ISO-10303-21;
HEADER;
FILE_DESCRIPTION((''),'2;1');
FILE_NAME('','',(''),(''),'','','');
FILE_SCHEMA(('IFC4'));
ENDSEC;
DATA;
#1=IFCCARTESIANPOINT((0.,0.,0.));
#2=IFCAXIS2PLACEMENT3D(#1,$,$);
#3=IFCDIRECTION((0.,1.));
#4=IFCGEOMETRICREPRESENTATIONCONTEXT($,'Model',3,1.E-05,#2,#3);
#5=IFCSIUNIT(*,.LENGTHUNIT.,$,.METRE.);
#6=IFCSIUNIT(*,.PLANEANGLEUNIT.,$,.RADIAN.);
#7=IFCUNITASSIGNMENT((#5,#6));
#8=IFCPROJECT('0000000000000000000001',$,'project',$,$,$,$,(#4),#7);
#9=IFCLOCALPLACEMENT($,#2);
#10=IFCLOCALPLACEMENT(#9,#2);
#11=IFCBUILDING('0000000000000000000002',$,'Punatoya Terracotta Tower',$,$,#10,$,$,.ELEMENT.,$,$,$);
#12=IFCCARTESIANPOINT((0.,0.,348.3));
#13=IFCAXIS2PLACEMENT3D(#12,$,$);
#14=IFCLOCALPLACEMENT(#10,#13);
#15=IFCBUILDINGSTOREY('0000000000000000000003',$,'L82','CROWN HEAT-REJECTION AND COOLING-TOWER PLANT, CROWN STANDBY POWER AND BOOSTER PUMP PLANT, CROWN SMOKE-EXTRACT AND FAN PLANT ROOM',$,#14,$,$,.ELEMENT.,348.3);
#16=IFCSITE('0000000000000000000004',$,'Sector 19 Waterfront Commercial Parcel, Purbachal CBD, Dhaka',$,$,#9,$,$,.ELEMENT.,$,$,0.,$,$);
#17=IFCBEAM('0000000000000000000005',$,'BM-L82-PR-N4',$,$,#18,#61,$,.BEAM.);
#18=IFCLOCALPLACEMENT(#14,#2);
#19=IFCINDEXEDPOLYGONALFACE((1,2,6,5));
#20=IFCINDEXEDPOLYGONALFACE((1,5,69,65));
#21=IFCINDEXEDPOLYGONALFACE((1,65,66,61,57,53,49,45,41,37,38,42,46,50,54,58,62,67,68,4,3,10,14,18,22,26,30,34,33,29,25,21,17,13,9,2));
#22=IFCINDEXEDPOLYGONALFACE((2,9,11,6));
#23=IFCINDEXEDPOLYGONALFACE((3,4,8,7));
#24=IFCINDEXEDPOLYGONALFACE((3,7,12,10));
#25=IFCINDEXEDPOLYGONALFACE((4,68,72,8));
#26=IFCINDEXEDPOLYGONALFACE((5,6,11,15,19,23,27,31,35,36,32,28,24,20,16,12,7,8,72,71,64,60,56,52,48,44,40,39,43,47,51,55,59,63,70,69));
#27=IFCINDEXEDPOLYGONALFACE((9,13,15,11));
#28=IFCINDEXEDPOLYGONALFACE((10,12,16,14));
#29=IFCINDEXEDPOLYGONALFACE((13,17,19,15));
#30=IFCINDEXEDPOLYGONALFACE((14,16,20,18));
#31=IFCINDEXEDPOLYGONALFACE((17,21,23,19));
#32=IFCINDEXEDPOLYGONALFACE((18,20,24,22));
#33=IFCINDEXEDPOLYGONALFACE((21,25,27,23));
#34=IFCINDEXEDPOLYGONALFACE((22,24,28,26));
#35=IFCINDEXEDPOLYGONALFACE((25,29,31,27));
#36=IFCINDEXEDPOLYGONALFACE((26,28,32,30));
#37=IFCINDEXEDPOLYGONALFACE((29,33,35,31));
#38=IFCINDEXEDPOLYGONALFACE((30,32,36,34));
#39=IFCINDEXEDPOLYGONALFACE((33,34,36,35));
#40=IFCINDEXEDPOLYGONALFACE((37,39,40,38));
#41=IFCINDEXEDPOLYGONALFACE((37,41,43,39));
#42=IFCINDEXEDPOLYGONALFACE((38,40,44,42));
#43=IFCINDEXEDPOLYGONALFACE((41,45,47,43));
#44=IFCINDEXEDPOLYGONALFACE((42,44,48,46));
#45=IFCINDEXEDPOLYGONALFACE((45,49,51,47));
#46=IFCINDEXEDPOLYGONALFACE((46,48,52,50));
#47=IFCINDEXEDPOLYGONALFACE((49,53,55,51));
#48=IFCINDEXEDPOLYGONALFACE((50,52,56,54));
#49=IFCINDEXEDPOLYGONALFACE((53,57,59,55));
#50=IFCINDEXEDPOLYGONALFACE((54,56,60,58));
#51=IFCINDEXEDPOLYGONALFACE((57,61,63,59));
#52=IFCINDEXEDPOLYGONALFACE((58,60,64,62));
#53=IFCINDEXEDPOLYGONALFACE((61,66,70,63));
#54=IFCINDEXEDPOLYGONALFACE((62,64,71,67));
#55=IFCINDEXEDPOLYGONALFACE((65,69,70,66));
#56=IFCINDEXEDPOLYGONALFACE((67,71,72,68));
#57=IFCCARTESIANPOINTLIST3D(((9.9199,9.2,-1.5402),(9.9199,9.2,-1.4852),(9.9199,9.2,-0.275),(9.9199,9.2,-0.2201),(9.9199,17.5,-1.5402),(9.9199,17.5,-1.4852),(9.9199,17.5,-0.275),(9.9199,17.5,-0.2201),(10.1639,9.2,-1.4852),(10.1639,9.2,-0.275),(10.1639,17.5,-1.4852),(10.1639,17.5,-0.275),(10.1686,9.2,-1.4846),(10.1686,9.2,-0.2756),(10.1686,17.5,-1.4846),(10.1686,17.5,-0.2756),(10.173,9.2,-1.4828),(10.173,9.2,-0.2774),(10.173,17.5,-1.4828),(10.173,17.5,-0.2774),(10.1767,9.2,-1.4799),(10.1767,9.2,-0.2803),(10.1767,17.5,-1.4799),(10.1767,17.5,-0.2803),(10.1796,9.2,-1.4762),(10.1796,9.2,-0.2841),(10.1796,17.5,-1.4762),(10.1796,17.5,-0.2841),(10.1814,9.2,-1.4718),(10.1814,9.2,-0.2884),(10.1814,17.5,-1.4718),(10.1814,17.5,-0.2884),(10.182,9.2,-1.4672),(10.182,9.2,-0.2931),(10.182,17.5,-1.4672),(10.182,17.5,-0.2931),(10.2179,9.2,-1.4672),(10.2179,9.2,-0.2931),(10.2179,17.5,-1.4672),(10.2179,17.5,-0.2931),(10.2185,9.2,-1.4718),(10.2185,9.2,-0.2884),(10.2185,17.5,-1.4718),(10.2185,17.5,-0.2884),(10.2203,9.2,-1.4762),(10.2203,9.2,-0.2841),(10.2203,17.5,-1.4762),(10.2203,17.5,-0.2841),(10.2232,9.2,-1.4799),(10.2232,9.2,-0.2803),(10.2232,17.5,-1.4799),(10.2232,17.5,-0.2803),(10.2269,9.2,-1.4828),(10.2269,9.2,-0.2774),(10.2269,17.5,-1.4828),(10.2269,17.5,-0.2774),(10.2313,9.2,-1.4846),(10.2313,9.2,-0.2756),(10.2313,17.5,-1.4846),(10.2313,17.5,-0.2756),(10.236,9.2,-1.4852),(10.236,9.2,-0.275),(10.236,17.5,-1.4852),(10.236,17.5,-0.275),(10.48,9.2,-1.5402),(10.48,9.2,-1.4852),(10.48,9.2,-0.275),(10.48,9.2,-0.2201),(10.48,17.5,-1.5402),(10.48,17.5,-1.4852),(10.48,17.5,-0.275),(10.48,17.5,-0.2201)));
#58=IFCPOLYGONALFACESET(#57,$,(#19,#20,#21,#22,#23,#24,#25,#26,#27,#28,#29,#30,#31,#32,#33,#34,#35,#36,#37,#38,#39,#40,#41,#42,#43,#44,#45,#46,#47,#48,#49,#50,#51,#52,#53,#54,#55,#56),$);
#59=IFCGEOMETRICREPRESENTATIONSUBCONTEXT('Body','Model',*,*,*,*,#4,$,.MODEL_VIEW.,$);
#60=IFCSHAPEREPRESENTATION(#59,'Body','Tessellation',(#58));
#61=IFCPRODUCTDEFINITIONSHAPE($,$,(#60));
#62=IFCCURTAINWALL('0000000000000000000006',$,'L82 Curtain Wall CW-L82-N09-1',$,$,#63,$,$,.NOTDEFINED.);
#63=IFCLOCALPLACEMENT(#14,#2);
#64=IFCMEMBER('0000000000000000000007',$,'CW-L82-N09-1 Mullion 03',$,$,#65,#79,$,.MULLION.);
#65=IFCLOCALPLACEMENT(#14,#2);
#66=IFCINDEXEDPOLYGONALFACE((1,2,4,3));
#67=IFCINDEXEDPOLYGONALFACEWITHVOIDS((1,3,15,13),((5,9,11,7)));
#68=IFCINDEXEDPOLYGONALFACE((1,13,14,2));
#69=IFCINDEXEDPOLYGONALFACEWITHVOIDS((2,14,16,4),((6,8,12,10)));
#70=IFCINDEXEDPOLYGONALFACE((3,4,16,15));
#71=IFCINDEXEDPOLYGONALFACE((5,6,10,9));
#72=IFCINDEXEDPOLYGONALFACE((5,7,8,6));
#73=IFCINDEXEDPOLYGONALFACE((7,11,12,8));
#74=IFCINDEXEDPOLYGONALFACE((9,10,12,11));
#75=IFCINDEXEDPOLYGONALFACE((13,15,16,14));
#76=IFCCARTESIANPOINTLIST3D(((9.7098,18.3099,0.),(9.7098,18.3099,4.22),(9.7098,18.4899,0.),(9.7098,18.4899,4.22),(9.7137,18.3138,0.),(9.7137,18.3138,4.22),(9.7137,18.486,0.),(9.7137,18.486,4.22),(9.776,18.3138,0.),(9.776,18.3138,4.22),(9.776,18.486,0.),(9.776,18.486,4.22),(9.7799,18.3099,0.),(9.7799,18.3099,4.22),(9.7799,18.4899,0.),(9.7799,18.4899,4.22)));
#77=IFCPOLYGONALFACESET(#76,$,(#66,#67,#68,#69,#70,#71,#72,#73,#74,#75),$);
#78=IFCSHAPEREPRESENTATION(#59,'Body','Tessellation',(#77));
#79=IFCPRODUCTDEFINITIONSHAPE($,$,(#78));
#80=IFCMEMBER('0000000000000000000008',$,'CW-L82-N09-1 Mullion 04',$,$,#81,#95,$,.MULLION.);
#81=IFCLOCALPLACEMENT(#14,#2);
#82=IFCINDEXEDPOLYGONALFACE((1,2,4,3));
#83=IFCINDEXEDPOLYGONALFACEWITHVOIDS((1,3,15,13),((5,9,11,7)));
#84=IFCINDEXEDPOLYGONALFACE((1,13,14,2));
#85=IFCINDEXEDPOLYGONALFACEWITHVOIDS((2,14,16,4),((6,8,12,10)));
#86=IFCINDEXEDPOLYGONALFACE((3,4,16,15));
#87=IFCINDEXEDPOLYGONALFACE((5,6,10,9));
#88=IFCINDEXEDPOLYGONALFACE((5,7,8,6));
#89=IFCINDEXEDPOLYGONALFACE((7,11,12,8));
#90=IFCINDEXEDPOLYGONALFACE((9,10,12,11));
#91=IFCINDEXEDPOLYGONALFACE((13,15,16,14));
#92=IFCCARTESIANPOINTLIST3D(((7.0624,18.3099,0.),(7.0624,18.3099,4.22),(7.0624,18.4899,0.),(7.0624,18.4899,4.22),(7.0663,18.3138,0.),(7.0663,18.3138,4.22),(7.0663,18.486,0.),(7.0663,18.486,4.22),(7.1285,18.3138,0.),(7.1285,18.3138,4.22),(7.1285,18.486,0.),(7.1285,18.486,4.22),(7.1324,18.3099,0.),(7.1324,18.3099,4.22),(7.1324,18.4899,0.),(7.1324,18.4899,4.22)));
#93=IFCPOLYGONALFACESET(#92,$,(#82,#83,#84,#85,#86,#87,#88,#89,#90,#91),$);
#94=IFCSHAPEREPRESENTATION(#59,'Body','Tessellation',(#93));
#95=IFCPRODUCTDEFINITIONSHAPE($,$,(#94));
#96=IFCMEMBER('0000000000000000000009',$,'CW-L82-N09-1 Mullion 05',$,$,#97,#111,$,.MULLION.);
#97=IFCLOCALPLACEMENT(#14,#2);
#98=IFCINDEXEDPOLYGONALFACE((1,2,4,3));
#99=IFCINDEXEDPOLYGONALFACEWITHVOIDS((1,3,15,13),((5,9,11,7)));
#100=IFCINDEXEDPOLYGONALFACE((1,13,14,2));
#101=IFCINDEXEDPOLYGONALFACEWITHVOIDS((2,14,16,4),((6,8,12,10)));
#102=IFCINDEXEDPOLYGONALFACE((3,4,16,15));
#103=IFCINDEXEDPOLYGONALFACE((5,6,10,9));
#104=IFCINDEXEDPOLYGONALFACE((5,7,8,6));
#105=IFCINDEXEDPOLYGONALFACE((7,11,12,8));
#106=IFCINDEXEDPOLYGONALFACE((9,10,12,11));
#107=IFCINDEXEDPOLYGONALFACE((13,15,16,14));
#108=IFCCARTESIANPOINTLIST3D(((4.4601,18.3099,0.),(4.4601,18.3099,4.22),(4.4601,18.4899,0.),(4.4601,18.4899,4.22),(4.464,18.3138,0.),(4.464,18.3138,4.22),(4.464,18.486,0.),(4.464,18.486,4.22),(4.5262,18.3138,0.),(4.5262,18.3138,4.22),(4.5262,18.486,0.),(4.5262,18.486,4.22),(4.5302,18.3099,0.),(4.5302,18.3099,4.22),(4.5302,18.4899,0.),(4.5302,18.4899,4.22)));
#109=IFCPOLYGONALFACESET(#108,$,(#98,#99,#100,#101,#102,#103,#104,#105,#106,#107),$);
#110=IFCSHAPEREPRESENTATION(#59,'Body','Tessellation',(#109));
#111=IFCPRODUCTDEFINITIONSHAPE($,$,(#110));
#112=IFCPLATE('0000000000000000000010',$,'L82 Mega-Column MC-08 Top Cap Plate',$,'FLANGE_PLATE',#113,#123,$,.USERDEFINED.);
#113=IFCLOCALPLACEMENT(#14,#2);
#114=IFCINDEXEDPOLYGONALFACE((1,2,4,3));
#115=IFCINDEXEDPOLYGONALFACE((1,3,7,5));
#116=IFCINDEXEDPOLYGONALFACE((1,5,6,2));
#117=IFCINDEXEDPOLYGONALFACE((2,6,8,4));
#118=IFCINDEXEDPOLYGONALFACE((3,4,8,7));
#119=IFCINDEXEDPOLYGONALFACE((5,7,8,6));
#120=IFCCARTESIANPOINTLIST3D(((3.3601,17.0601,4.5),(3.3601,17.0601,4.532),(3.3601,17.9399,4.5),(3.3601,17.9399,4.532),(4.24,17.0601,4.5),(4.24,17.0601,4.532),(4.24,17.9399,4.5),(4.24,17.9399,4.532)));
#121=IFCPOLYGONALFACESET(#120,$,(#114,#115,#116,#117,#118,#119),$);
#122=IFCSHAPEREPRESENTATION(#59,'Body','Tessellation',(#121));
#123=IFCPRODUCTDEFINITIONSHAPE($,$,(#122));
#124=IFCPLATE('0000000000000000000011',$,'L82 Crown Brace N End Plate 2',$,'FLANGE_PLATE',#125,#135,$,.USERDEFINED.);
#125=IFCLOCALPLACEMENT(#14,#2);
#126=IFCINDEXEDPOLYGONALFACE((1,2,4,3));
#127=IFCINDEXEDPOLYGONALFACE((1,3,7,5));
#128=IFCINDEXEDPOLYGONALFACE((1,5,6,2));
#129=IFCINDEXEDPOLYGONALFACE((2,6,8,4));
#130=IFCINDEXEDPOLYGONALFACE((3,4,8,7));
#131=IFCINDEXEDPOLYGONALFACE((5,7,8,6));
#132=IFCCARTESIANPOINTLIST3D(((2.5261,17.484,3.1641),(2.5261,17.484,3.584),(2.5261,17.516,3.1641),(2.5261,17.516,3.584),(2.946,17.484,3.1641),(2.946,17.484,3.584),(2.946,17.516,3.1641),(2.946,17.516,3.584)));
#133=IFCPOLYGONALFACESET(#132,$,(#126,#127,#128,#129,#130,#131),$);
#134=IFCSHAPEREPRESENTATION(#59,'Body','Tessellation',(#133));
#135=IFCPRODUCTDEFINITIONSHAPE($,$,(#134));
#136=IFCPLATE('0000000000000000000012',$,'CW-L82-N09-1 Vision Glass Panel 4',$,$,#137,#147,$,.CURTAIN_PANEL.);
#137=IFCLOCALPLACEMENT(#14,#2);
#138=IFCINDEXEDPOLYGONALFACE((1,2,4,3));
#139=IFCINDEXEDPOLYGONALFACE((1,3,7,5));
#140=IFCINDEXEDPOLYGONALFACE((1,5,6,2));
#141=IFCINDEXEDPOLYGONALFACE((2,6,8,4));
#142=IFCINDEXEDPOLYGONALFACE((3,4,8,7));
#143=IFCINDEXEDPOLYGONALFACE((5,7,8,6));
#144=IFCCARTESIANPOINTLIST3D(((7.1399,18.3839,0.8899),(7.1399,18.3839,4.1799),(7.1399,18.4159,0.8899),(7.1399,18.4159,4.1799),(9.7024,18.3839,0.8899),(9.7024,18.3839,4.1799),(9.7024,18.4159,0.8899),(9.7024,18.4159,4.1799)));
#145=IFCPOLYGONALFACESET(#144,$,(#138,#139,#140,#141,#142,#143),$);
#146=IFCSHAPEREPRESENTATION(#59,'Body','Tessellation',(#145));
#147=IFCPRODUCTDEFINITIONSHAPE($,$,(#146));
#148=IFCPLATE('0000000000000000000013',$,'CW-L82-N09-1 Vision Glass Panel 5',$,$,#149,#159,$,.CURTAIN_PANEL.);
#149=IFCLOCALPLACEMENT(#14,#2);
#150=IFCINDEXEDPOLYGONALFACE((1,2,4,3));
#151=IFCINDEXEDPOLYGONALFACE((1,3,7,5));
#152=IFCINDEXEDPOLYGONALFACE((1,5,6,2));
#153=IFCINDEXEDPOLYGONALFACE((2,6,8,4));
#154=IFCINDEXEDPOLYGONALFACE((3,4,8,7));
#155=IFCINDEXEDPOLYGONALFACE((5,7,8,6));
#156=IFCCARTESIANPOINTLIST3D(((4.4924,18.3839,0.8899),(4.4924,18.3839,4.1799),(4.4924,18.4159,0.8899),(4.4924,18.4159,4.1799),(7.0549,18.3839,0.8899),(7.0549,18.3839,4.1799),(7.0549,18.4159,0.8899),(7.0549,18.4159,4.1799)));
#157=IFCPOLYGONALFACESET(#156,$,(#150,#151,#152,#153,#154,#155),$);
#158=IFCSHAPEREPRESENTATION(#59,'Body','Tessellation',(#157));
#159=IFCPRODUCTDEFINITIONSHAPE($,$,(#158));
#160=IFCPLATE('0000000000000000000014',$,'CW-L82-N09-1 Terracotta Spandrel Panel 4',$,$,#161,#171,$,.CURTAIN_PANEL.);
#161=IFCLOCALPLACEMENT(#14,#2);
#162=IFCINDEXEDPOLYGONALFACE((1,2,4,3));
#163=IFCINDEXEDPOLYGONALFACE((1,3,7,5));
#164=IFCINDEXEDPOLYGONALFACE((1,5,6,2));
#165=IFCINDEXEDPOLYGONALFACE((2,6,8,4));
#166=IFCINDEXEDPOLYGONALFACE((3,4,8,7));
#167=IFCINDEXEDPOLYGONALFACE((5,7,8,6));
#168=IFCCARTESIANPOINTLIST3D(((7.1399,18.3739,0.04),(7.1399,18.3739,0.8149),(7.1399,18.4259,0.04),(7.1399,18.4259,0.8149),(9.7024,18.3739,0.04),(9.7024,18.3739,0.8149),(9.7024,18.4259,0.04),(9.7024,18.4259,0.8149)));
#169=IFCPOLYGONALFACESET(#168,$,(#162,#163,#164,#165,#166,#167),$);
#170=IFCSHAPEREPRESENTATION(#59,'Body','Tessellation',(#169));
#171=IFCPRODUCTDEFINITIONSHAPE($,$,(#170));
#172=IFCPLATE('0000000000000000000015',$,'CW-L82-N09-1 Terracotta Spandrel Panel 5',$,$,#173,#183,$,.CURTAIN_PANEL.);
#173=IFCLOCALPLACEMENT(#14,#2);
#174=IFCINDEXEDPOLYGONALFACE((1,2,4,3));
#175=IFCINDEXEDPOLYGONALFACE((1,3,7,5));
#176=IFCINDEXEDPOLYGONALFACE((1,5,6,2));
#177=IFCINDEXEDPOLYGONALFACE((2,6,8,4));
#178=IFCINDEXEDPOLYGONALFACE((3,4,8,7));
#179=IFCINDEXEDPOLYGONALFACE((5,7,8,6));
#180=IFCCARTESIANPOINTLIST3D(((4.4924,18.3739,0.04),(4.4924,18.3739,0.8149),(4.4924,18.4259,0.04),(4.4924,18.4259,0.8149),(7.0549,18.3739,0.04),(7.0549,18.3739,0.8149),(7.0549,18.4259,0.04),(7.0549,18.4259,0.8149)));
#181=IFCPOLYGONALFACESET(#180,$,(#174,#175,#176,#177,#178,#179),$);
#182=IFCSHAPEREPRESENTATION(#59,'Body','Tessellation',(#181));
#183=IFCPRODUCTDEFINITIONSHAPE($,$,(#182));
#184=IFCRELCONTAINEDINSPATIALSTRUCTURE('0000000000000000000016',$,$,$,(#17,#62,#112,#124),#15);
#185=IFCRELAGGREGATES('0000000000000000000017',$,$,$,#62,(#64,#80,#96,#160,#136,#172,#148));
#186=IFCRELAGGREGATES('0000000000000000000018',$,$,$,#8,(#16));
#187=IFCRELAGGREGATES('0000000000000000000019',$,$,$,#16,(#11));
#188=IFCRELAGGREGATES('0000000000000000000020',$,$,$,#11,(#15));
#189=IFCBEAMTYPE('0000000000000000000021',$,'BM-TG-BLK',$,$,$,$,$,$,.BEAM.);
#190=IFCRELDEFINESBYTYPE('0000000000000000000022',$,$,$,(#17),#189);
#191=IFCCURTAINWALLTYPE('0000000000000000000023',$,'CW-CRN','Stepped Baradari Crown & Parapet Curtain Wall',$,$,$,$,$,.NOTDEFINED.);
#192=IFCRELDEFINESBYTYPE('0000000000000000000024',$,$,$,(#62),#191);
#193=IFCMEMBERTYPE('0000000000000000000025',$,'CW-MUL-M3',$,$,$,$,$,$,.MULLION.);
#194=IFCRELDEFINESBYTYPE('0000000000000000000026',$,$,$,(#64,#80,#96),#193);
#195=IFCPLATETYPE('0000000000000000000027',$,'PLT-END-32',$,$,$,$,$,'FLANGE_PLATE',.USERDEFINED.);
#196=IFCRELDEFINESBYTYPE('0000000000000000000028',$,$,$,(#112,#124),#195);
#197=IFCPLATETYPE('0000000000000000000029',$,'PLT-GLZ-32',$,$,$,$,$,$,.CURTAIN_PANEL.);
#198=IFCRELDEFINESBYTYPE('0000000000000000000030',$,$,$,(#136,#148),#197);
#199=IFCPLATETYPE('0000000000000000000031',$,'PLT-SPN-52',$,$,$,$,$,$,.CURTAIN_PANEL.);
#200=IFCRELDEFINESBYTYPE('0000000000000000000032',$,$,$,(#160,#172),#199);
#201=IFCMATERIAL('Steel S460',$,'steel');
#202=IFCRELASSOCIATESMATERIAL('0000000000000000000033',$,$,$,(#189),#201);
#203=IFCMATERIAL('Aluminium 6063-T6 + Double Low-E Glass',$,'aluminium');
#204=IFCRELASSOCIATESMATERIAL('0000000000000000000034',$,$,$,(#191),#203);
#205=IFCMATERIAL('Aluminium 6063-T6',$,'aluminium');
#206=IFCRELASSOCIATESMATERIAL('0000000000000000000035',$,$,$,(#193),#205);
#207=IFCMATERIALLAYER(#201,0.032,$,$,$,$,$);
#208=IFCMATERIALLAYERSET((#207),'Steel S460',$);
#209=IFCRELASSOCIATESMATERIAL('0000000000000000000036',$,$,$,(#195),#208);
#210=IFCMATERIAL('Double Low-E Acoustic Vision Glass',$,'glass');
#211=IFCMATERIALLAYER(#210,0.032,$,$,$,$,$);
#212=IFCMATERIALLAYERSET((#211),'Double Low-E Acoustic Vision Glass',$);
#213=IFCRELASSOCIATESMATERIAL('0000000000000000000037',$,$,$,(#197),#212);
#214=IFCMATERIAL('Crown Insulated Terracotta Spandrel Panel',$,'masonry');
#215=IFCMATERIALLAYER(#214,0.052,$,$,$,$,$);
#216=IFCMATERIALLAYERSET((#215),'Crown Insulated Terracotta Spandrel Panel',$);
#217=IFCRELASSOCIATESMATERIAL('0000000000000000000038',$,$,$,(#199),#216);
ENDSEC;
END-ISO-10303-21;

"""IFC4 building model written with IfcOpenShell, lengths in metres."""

from ifc_helpers import new_model, si_unit, direction, frame, origin, origin_2d, place, context, subcontext, project, spatial, rectangle, hollow_rectangle, i_section, extrude, material, layer, layer_set, material_profile, profile_set, type_object, element, aggregate, save


model = new_model("IFC4")

# Units and contexts
model_context = context("Model", 3, precision=1e-05, world=origin(), true_north=direction((0.0, 1.0)))
body_context = subcontext(model_context, "Body", "Model", "MODEL_VIEW")
ifc_project = project(units=[si_unit("LENGTHUNIT", "METRE"), si_unit("PLANEANGLEUNIT", "RADIAN")], contexts=[model_context])

# Site, building, storey
site_placement = place(None, origin())
site = spatial("IfcSite", under=ifc_project, at=site_placement, Name="Sector 19 Waterfront Commercial Parcel, Purbachal CBD, Dhaka", CompositionType="ELEMENT", RefElevation=0.0)
building_placement = place(site_placement, origin())
building = spatial("IfcBuilding", under=site, at=building_placement, Name="Punatoya Terracotta Tower", CompositionType="ELEMENT")
storey_placement = place(building_placement, frame((0.0, 0.0, 348.3)))
storey = spatial("IfcBuildingStorey", under=building, at=storey_placement, Name="L82", Description="CROWN HEAT-REJECTION AND COOLING-TOWER PLANT, CROWN STANDBY POWER AND BOOSTER PUMP PLANT, CROWN SMOKE-EXTRACT AND FAN PLANT ROOM", CompositionType="ELEMENT", Elevation=348.3)

# Shared definitions
ifc_material_1 = material(Name="Steel S460", Category="steel")

# Beam
ifc_material_profile_1 = material_profile(ifc_material_1, i_section(OverallWidth=0.5601, OverallDepth=1.3201, WebThickness=0.0359, FlangeThickness=0.0549, FilletRadius=0.0181, at=origin_2d()))
ifc_profile_set_1 = profile_set([ifc_material_profile_1], Name="Steel S460")
beam_type = type_object("IfcBeamType", Name="BM-TG-BLK", PredefinedType="BEAM", material=ifc_profile_set_1)
for number, where, z_axis, x_axis, name in (
    (1, (10.2, 9.2, -0.8801), (0.0, 1.0, 0.0), (-1.0, 0.0, 0.0), "BM-L82-PR-N4"),
):
    element("IfcBeam", number, at=place(storey_placement, frame(where, z_axis=z_axis, x_axis=x_axis)), inside=storey, type_object=beam_type, Name=name, PredefinedType="BEAM", context=body_context, shape_type="SweptSolid", body=[
        extrude(i_section(OverallWidth=0.5601, OverallDepth=1.3201, WebThickness=0.0359, FlangeThickness=0.0549, FilletRadius=0.0181, at=origin_2d()), origin(), (0.0, 0.0, 1.0), 8.3),
    ])

# Curtain wall, members
ifc_material_2 = material(Name="Aluminium 6063-T6 + Double Low-E Glass", Category="aluminium")
curtain_wall_type = type_object("IfcCurtainWallType", Name="CW-CRN", Description="Stepped Baradari Crown & Parapet Curtain Wall", PredefinedType="NOTDEFINED", material=ifc_material_2)
curtain_wall_placement = place(storey_placement, origin())
curtain_wall = element("IfcCurtainWall", 2, at=curtain_wall_placement, inside=storey, type_object=curtain_wall_type, Name="L82 Curtain Wall CW-L82-N09-1", PredefinedType="NOTDEFINED")
ifc_material_3 = material(Name="Aluminium 6063-T6", Category="aluminium")
ifc_material_profile_2 = material_profile(ifc_material_3, hollow_rectangle(XDim=0.0701, YDim=0.1799, WallThickness=0.0039, at=origin_2d()))
ifc_profile_set_2 = profile_set([ifc_material_profile_2], Name="Aluminium 6063-T6")
member_type = type_object("IfcMemberType", Name="CW-MUL-M3", PredefinedType="MULLION", material=ifc_profile_set_2)
member_1_placement = place(storey_placement, frame((9.7449, 18.3999, 0.0), z_axis=(0.0, 0.0, 1.0), x_axis=(1.0, 0.0, 0.0)))
member_1 = element("IfcMember", 3, at=member_1_placement, type_object=member_type, Name="CW-L82-N09-1 Mullion 03", PredefinedType="MULLION", context=body_context, shape_type="SweptSolid", body=[
    extrude(hollow_rectangle(XDim=0.0701, YDim=0.1799, WallThickness=0.0039, at=origin_2d()), origin(), (0.0, 0.0, 1.0), 4.22),
])
member_2_placement = place(storey_placement, frame((7.0974, 18.3999, 0.0), z_axis=(0.0, 0.0, 1.0), x_axis=(1.0, 0.0, 0.0)))
member_2 = element("IfcMember", 4, at=member_2_placement, type_object=member_type, Name="CW-L82-N09-1 Mullion 04", PredefinedType="MULLION", context=body_context, shape_type="SweptSolid", body=[
    extrude(hollow_rectangle(XDim=0.0701, YDim=0.1799, WallThickness=0.0039, at=origin_2d()), origin(), (0.0, 0.0, 1.0), 4.22),
])
member_3_placement = place(storey_placement, frame((4.4951, 18.3999, 0.0), z_axis=(0.0, 0.0, 1.0), x_axis=(1.0, 0.0, 0.0)))
member_3 = element("IfcMember", 5, at=member_3_placement, type_object=member_type, Name="CW-L82-N09-1 Mullion 05", PredefinedType="MULLION", context=body_context, shape_type="SweptSolid", body=[
    extrude(hollow_rectangle(XDim=0.0701, YDim=0.1799, WallThickness=0.0039, at=origin_2d()), origin(), (0.0, 0.0, 1.0), 4.22),
])

# Plates
ifc_layer_1 = layer(ifc_material_1, 0.032)
ifc_layer_set_1 = layer_set([ifc_layer_1], Name="Steel S460")
plate_type_1 = type_object("IfcPlateType", Name="PLT-END-32", ElementType="FLANGE_PLATE", PredefinedType="USERDEFINED", material=ifc_layer_set_1)
plate_1_placement = place(storey_placement, frame((3.8, 17.5, 4.5), z_axis=(0.0, 0.0, 1.0), x_axis=(1.0, 0.0, 0.0)))
element("IfcPlate", 6, at=plate_1_placement, inside=storey, type_object=plate_type_1, Name="L82 Mega-Column MC-08 Top Cap Plate", ObjectType="FLANGE_PLATE", PredefinedType="USERDEFINED", context=body_context, shape_type="SweptSolid", body=[
    extrude(rectangle(XDim=0.8799, YDim=0.8799, at=origin_2d()), origin(), (0.0, 0.0, 1.0), 0.032),
])
plate_2_placement = place(storey_placement, frame((2.7361, 17.5, 3.1641), z_axis=(0.0, 0.0, 1.0), x_axis=(1.0, 0.0, 0.0)))
element("IfcPlate", 7, at=plate_2_placement, inside=storey, type_object=plate_type_1, Name="L82 Crown Brace N End Plate 2", ObjectType="FLANGE_PLATE", PredefinedType="USERDEFINED", context=body_context, shape_type="SweptSolid", body=[
    extrude(rectangle(XDim=0.4199, YDim=0.032, at=origin_2d()), origin(), (0.0, 0.0, 1.0), 0.4199),
])

# Plates
ifc_material_4 = material(Name="Double Low-E Acoustic Vision Glass", Category="glass")
ifc_layer_2 = layer(ifc_material_4, 0.032)
ifc_layer_set_2 = layer_set([ifc_layer_2], Name="Double Low-E Acoustic Vision Glass")
plate_type_2 = type_object("IfcPlateType", Name="PLT-GLZ-32", PredefinedType="CURTAIN_PANEL", material=ifc_layer_set_2)
plate_3_placement = place(storey_placement, frame((8.4211, 18.3999, 0.8899), z_axis=(0.0, 0.0, 1.0), x_axis=(-1.0, 0.0, 0.0)))
plate_3 = element("IfcPlate", 8, at=plate_3_placement, type_object=plate_type_2, Name="CW-L82-N09-1 Vision Glass Panel 4", PredefinedType="CURTAIN_PANEL", context=body_context, shape_type="SweptSolid", body=[
    extrude(rectangle(XDim=2.5625, YDim=0.032, at=origin_2d()), origin(), (0.0, 0.0, 1.0), 3.29),
])
plate_4_placement = place(storey_placement, frame((5.7737, 18.3999, 0.8899), z_axis=(0.0, 0.0, 1.0), x_axis=(-1.0, 0.0, 0.0)))
plate_4 = element("IfcPlate", 9, at=plate_4_placement, type_object=plate_type_2, Name="CW-L82-N09-1 Vision Glass Panel 5", PredefinedType="CURTAIN_PANEL", context=body_context, shape_type="SweptSolid", body=[
    extrude(rectangle(XDim=2.5625, YDim=0.032, at=origin_2d()), origin(), (0.0, 0.0, 1.0), 3.29),
])
ifc_material_5 = material(Name="Crown Insulated Terracotta Spandrel Panel", Category="masonry")
ifc_layer_3 = layer(ifc_material_5, 0.052)
ifc_layer_set_3 = layer_set([ifc_layer_3], Name="Crown Insulated Terracotta Spandrel Panel")
plate_type_3 = type_object("IfcPlateType", Name="PLT-SPN-52", PredefinedType="CURTAIN_PANEL", material=ifc_layer_set_3)
plate_5_placement = place(storey_placement, frame((8.4211, 18.3999, 0.04), z_axis=(0.0, 0.0, 1.0), x_axis=(-1.0, 0.0, 0.0)))
plate_5 = element("IfcPlate", 10, at=plate_5_placement, type_object=plate_type_3, Name="CW-L82-N09-1 Terracotta Spandrel Panel 4", PredefinedType="CURTAIN_PANEL", context=body_context, shape_type="SweptSolid", body=[
    extrude(rectangle(XDim=2.5625, YDim=0.052, at=origin_2d()), origin(), (0.0, 0.0, 1.0), 0.7749),
])
plate_6_placement = place(storey_placement, frame((5.7737, 18.3999, 0.04), z_axis=(0.0, 0.0, 1.0), x_axis=(-1.0, 0.0, 0.0)))
plate_6 = element("IfcPlate", 11, at=plate_6_placement, type_object=plate_type_3, Name="CW-L82-N09-1 Terracotta Spandrel Panel 5", PredefinedType="CURTAIN_PANEL", context=body_context, shape_type="SweptSolid", body=[
    extrude(rectangle(XDim=2.5625, YDim=0.052, at=origin_2d()), origin(), (0.0, 0.0, 1.0), 0.7749),
])
aggregate(curtain_wall, [member_1, member_2, member_3, plate_5, plate_3, plate_6, plate_4])

save(model, "model.ifc")
